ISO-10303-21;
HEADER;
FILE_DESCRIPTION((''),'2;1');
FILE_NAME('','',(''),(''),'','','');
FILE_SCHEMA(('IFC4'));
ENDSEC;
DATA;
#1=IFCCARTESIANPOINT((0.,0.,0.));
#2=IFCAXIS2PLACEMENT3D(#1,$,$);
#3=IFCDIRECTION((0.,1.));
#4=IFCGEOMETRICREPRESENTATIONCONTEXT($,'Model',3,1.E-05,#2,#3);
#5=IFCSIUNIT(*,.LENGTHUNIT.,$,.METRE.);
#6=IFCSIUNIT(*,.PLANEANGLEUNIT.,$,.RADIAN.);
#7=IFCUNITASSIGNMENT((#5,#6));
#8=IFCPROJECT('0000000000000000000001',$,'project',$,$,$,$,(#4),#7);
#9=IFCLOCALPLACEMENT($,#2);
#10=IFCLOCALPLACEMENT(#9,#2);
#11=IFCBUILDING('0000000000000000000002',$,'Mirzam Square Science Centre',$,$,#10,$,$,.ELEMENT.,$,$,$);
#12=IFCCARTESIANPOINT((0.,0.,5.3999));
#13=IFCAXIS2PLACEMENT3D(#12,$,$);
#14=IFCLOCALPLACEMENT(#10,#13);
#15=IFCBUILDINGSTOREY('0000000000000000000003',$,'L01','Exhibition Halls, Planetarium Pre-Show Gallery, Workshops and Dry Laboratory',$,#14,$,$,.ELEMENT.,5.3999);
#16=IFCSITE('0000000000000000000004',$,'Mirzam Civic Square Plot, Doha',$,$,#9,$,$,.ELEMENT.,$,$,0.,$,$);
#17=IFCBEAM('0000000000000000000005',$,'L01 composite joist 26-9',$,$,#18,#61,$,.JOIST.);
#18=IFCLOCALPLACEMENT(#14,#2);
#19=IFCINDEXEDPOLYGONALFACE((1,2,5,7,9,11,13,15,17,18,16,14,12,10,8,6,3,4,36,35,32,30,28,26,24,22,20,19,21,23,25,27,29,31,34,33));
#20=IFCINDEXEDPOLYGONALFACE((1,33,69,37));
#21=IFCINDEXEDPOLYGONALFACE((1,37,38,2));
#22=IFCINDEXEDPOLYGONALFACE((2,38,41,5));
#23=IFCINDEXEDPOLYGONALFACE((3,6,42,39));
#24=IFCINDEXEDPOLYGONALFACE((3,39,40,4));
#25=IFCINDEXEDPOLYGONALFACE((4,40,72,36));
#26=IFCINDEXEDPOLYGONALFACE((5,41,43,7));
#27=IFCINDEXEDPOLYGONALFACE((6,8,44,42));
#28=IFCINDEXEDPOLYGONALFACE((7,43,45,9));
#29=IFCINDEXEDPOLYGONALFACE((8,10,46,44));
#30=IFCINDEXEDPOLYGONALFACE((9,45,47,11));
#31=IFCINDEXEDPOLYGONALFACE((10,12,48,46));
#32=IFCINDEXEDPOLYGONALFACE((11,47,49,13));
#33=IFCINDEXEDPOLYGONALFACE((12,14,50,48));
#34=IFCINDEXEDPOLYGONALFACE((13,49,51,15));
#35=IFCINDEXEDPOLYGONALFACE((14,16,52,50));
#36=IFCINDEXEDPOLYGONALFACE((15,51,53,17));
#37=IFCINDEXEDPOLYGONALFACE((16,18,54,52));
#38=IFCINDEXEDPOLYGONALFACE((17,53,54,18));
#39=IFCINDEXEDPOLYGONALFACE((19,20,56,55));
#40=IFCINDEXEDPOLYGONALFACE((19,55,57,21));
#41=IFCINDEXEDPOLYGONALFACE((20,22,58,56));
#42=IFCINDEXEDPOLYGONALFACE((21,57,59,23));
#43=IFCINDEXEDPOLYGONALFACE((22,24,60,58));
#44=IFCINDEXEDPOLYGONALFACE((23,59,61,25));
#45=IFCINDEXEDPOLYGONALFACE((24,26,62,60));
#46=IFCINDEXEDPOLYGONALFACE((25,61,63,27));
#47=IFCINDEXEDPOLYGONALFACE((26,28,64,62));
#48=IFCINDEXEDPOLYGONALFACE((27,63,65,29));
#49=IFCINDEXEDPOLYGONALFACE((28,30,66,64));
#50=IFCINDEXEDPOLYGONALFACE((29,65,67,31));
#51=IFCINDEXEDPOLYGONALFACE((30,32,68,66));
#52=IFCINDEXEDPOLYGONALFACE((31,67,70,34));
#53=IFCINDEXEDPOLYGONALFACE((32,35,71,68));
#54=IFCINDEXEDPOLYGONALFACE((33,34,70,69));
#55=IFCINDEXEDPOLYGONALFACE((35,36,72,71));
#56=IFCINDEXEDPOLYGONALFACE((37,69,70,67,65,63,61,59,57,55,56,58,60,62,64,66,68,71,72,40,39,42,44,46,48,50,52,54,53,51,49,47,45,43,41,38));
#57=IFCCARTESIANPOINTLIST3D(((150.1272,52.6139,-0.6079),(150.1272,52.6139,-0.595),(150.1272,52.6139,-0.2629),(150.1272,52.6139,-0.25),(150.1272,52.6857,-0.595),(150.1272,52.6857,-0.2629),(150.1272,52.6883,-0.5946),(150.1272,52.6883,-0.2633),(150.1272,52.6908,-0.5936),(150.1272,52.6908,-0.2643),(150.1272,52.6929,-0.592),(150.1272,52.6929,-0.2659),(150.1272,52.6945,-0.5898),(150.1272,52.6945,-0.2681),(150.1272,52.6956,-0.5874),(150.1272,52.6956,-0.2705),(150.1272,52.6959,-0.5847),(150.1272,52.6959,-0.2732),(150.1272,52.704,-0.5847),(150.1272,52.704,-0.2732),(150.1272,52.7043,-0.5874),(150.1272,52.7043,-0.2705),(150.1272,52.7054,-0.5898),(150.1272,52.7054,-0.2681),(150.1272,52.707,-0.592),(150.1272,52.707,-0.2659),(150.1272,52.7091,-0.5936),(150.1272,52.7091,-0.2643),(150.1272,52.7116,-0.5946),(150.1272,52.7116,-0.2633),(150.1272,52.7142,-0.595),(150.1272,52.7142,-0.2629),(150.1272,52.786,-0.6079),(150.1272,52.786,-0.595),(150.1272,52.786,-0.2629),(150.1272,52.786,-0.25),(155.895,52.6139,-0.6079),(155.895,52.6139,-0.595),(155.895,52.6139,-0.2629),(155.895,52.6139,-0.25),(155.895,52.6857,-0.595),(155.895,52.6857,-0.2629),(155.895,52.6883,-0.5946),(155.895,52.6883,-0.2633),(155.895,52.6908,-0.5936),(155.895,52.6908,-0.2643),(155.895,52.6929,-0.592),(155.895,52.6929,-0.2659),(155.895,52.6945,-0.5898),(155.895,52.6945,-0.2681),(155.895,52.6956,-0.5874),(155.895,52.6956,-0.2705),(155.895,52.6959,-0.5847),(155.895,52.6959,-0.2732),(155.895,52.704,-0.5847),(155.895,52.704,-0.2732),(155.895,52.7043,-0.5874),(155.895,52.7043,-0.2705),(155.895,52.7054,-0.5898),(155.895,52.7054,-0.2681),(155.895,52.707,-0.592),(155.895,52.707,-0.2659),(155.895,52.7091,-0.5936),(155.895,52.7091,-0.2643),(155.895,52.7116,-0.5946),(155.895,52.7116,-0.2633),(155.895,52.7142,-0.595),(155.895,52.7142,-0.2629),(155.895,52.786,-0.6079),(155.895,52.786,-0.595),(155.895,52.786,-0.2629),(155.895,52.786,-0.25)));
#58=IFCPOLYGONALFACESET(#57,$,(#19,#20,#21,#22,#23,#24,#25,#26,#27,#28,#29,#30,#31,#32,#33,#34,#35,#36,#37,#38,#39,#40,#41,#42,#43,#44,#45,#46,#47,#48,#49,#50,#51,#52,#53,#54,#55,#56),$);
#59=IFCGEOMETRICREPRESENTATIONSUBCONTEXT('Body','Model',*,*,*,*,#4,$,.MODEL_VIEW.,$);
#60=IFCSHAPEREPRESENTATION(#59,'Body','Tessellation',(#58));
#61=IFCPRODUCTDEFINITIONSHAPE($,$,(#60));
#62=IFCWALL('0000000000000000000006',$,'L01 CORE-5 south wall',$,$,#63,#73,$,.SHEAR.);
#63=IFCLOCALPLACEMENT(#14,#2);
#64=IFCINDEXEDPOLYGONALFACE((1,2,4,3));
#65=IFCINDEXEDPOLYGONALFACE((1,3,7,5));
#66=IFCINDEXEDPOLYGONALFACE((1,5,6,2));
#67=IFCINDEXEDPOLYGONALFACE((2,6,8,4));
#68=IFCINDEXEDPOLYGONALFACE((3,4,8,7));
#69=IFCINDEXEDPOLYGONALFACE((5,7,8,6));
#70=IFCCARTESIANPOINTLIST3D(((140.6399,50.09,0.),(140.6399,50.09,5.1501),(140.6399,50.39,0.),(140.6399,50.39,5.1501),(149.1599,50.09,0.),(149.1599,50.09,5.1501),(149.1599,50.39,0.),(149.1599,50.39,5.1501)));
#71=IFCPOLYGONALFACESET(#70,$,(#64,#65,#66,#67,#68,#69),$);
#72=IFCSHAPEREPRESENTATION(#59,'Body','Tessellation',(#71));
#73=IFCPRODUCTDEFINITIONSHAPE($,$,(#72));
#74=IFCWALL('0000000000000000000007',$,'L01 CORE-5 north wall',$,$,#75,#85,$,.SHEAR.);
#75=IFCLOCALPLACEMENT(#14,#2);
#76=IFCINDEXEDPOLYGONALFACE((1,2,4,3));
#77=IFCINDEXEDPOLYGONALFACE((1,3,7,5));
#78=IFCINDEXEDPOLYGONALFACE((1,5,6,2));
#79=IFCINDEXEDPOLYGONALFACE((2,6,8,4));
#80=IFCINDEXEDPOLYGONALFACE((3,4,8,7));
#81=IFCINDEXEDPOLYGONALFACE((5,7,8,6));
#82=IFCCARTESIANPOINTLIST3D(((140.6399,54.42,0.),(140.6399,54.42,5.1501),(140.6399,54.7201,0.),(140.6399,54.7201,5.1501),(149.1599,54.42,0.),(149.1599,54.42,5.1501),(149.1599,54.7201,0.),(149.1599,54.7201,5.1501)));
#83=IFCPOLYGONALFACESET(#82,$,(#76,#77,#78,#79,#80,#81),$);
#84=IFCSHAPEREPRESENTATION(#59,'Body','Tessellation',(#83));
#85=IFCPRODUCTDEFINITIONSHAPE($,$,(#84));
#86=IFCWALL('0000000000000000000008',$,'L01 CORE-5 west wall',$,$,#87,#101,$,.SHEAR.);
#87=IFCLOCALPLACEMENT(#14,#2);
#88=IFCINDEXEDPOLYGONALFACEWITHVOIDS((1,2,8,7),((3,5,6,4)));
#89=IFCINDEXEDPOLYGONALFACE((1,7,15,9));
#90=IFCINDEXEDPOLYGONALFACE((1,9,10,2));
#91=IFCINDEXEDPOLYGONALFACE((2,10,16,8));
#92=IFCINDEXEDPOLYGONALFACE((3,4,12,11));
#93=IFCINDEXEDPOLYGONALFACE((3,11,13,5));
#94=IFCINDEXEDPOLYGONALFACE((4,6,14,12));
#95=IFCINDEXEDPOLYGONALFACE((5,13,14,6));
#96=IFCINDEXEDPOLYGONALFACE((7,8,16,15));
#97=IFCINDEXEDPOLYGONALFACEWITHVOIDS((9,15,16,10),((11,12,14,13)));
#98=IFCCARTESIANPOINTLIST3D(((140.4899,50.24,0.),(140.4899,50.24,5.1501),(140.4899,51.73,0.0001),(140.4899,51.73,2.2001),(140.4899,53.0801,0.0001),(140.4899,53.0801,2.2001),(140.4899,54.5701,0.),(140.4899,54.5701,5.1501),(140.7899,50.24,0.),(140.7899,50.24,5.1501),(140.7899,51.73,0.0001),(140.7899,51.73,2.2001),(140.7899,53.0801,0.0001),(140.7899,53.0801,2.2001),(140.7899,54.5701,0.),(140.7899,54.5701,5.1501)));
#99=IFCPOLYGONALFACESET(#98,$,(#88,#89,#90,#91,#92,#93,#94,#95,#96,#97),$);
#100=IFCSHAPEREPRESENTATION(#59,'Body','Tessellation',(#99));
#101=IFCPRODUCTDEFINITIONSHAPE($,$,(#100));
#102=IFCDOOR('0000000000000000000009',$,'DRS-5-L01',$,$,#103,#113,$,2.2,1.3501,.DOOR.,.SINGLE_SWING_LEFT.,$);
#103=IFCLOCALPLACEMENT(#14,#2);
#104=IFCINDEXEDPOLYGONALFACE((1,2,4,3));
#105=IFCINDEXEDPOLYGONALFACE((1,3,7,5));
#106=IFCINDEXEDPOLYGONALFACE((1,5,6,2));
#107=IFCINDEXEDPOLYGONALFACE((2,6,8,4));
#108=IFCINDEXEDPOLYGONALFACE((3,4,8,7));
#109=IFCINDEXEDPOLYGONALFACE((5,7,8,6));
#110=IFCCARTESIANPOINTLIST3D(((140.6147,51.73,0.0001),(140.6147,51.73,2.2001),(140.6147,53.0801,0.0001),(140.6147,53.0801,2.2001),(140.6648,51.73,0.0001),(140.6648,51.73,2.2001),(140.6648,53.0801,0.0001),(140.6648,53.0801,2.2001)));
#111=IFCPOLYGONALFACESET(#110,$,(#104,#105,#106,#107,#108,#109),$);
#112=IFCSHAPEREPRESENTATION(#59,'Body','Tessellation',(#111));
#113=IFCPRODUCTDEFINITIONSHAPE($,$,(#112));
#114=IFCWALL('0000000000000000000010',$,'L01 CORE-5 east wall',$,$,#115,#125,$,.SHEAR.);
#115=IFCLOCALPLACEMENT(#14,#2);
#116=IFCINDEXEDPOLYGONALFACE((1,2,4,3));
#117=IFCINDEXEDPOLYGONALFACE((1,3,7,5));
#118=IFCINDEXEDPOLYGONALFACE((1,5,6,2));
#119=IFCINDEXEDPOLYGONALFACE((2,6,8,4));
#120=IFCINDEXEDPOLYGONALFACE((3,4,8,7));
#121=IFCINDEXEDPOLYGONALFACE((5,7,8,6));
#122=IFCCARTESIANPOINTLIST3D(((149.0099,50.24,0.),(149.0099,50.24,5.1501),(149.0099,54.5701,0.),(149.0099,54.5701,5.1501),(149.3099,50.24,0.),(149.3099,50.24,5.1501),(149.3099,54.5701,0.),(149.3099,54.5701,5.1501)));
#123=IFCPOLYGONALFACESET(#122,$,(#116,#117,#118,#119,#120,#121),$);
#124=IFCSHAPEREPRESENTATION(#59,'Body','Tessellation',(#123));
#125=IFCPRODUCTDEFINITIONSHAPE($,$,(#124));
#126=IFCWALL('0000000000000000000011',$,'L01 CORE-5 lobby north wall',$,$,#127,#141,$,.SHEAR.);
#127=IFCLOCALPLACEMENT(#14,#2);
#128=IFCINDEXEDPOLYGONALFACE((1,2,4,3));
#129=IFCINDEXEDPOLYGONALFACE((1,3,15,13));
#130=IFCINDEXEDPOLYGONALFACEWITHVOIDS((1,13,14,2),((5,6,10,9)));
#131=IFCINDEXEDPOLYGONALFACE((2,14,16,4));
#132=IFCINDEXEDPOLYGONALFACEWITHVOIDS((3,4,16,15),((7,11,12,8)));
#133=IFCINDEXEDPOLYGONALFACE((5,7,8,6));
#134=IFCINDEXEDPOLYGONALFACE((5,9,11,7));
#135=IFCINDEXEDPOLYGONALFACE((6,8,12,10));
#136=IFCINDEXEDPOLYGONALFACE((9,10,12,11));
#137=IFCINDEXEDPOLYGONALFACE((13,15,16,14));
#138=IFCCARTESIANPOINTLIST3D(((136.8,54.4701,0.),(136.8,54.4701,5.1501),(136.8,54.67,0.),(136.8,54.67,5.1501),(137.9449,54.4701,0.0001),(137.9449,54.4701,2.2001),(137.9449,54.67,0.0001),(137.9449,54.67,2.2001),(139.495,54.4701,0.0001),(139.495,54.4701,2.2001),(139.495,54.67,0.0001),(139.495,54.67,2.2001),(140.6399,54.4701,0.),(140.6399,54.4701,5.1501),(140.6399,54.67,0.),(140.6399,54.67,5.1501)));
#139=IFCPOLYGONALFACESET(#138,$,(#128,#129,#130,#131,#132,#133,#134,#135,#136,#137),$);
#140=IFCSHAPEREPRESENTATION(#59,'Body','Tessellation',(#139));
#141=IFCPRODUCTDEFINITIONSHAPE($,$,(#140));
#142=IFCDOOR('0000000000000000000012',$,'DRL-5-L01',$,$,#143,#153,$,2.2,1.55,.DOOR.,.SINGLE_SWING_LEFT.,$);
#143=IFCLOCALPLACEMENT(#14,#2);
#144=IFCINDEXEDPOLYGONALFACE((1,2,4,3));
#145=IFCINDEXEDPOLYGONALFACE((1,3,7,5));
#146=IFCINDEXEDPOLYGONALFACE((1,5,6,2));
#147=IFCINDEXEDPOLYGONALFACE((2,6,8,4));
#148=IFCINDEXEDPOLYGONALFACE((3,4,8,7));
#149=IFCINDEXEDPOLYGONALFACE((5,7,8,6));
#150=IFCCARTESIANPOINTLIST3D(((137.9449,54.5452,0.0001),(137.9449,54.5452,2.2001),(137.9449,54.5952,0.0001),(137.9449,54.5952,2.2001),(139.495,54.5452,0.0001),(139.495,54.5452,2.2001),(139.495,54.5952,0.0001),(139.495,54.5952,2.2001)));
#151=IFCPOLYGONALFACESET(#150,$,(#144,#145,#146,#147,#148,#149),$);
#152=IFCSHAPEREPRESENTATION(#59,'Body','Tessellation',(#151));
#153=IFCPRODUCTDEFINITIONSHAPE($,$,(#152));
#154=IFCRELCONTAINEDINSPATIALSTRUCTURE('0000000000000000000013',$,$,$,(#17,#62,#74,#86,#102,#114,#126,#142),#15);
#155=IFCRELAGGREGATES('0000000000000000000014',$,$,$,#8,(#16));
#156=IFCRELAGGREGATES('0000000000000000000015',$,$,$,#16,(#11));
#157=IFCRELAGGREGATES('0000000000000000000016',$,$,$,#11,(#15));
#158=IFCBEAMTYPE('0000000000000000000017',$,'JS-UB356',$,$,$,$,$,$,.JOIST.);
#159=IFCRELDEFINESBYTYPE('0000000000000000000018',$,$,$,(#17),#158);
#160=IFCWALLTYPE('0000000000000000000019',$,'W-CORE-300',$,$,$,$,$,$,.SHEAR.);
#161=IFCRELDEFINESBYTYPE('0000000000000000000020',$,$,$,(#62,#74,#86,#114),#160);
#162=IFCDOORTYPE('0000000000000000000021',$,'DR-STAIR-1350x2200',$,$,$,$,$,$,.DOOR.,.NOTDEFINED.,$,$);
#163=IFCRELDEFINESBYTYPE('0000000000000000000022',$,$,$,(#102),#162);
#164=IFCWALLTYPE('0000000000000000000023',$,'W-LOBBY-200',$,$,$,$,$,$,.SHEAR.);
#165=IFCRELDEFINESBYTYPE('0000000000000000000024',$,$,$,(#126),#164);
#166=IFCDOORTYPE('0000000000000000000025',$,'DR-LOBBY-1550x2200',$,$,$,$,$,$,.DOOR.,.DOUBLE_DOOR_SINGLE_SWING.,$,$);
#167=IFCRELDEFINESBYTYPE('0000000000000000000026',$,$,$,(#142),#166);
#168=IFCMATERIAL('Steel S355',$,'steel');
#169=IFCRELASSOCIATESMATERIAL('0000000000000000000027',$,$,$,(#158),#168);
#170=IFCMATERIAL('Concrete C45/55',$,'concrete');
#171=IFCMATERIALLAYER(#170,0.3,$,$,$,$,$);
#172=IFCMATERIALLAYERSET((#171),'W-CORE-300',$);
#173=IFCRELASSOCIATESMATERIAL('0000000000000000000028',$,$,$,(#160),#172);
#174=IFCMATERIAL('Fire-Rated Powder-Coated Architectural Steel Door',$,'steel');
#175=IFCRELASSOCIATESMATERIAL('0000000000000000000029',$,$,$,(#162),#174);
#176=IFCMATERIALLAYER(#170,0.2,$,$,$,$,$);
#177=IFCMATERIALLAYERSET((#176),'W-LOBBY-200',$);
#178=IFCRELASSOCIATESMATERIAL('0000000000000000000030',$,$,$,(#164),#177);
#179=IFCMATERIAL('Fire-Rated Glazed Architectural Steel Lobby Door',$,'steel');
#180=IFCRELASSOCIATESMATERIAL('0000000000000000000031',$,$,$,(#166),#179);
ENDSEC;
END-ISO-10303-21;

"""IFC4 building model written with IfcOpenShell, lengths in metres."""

from ifc_helpers import new_model, si_unit, direction, frame, frame_2d, origin, origin_2d, place, context, subcontext, project, spatial, rectangle, i_section, extrude, material, layer, layer_set, material_profile, profile_set, type_object, element, fill, save


model = new_model("IFC4")

# Units and contexts
model_context = context("Model", 3, precision=1e-05, world=origin(), true_north=direction((0.0, 1.0)))
body_context = subcontext(model_context, "Body", "Model", "MODEL_VIEW")
ifc_project = project(units=[si_unit("LENGTHUNIT", "METRE"), si_unit("PLANEANGLEUNIT", "RADIAN")], contexts=[model_context])

# Site, building, storey
site_placement = place(None, origin())
site = spatial("IfcSite", under=ifc_project, at=site_placement, Name="Mirzam Civic Square Plot, Doha", CompositionType="ELEMENT", RefElevation=0.0)
building_placement = place(site_placement, origin())
building = spatial("IfcBuilding", under=site, at=building_placement, Name="Mirzam Square Science Centre", CompositionType="ELEMENT")
storey_placement = place(building_placement, frame((0.0, 0.0, 5.3999)))
storey = spatial("IfcBuildingStorey", under=building, at=storey_placement, Name="L01", Description="Exhibition Halls, Planetarium Pre-Show Gallery, Workshops and Dry Laboratory", CompositionType="ELEMENT", Elevation=5.3999)

# Shared definitions
ifc_material_1 = material(Name="Steel S355", Category="steel")

# Beam
ifc_material_profile_1 = material_profile(ifc_material_1, i_section(OverallWidth=0.1721, OverallDepth=0.3579, WebThickness=0.0081, FlangeThickness=0.0129, FilletRadius=0.0103, at=origin_2d()), Name="356x171x57UB")
ifc_profile_set_1 = profile_set([ifc_material_profile_1], Name="Steel S355")
beam_type_1 = type_object("IfcBeamType", Name="JS-UB356", PredefinedType="JOIST", material=ifc_profile_set_1)
beam_1_placement = place(storey_placement, frame((150.1272, 52.7, -0.429), z_axis=(1.0, 0.0, 0.0), x_axis=(0.0, 1.0, 0.0)))
element("IfcBeam", 1, at=beam_1_placement, inside=storey, type_object=beam_type_1, Name="L01 composite joist 26-9", PredefinedType="JOIST", context=body_context, shape_type="SweptSolid", body=[
    extrude(i_section(OverallWidth=0.1721, OverallDepth=0.3579, WebThickness=0.0081, FlangeThickness=0.0129, FilletRadius=0.0103, at=origin_2d()), origin(), (0.0, 0.0, 1.0), 5.7678),
])

# Walls
ifc_material_2 = material(Name="Concrete C45/55", Category="concrete")
ifc_layer_1 = layer(ifc_material_2, 0.3)
ifc_layer_set_1 = layer_set([ifc_layer_1], Name="W-CORE-300")
wall_type_1 = type_object("IfcWallType", Name="W-CORE-300", PredefinedType="SHEAR", material=ifc_layer_set_1)
for number, where, z_axis, x_axis, name in (
    (2, (140.6399, 50.24, 0.0), (0.0, 0.0, 1.0), (1.0, 0.0, 0.0), "L01 CORE-5 south wall"),
    (3, (149.1599, 54.5701, 0.0), (0.0, 0.0, 1.0), (-1.0, 0.0, 0.0), "L01 CORE-5 north wall"),
):
    element("IfcWall", number, at=place(storey_placement, frame(where, z_axis=z_axis, x_axis=x_axis)), inside=storey, type_object=wall_type_1, Name=name, PredefinedType="SHEAR", context=body_context, shape_type="SweptSolid", body=[
        extrude(rectangle(XDim=8.52, YDim=0.3, at=frame_2d((4.26, 0.0))), origin(), (0.0, 0.0, 1.0), 5.1501),
    ])

# Wall, opening, door
wall_1_placement = place(storey_placement, frame((140.6399, 54.5701, 0.0), z_axis=(0.0, 0.0, 1.0), x_axis=(0.0, -1.0, 0.0)))
wall_1 = element("IfcWall", 4, at=wall_1_placement, inside=storey, type_object=wall_type_1, Name="L01 CORE-5 west wall", PredefinedType="SHEAR", context=body_context, shape_type="SweptSolid", body=[
    extrude(rectangle(XDim=4.3301, YDim=0.3, at=frame_2d((2.165, 0.0))), origin(), (0.0, 0.0, 1.0), 5.1501),
])
opening_1_placement = place(wall_1_placement, frame((1.49, 0.0, 0.0)))
opening_1 = element("IfcOpeningElement", 5, at=opening_1_placement, cuts=wall_1, PredefinedType="OPENING", context=body_context, shape_type="SweptSolid", body=[
    extrude(rectangle(XDim=1.3501, YDim=2.2, at=frame_2d((0.675, 1.1001))), frame((0.0, 0.1599, 0.0), z_axis=(0.0, -1.0, 0.0), x_axis=(1.0, 0.0, 0.0)), (0.0, 0.0, 1.0), 0.3201),
])
ifc_material_3 = material(Name="Fire-Rated Powder-Coated Architectural Steel Door", Category="steel")
door_type_1 = type_object("IfcDoorType", Name="DR-STAIR-1350x2200", OperationType="NOTDEFINED", PredefinedType="DOOR", material=ifc_material_3)
door_1_placement = place(opening_1_placement, origin())
door_1 = element("IfcDoor", 6, at=door_1_placement, inside=storey, type_object=door_type_1, Name="DRS-5-L01", OperationType="SINGLE_SWING_LEFT", OverallHeight=2.2, OverallWidth=1.3501, PredefinedType="DOOR", context=body_context, shape_type="SweptSolid", body=[
    extrude(rectangle(XDim=1.3501, YDim=2.2, at=frame_2d((0.675, 1.1001))), frame((0.0, 0.0249, 0.0), z_axis=(0.0, -1.0, 0.0), x_axis=(1.0, 0.0, 0.0)), (0.0, 0.0, 1.0), 0.05),
])
fill(opening_1, door_1)

# Wall
wall_2_placement = place(storey_placement, frame((149.1599, 50.24, 0.0), z_axis=(0.0, 0.0, 1.0), x_axis=(0.0, 1.0, 0.0)))
element("IfcWall", 7, at=wall_2_placement, inside=storey, type_object=wall_type_1, Name="L01 CORE-5 east wall", PredefinedType="SHEAR", context=body_context, shape_type="SweptSolid", body=[
    extrude(rectangle(XDim=4.3301, YDim=0.3, at=frame_2d((2.165, 0.0))), origin(), (0.0, 0.0, 1.0), 5.1501),
])

# Wall, opening, door
ifc_layer_2 = layer(ifc_material_2, 0.2)
ifc_layer_set_2 = layer_set([ifc_layer_2], Name="W-LOBBY-200")
wall_type_2 = type_object("IfcWallType", Name="W-LOBBY-200", PredefinedType="SHEAR", material=ifc_layer_set_2)
wall_3_placement = place(storey_placement, frame((140.6399, 54.5701, 0.0), z_axis=(0.0, 0.0, 1.0), x_axis=(-1.0, 0.0, 0.0)))
wall_3 = element("IfcWall", 8, at=wall_3_placement, inside=storey, type_object=wall_type_2, Name="L01 CORE-5 lobby north wall", PredefinedType="SHEAR", context=body_context, shape_type="SweptSolid", body=[
    extrude(rectangle(XDim=3.8398, YDim=0.2, at=frame_2d((1.9199, 0.0))), origin(), (0.0, 0.0, 1.0), 5.1501),
])
opening_2_placement = place(wall_3_placement, frame((1.145, 0.0, 0.0)))
opening_2 = element("IfcOpeningElement", 9, at=opening_2_placement, cuts=wall_3, PredefinedType="OPENING", context=body_context, shape_type="SweptSolid", body=[
    extrude(rectangle(XDim=1.55, YDim=2.2, at=frame_2d((0.7749, 1.1001))), frame((0.0, 0.1099, 0.0), z_axis=(0.0, -1.0, 0.0), x_axis=(1.0, 0.0, 0.0)), (0.0, 0.0, 1.0), 0.22),
])
ifc_material_4 = material(Name="Fire-Rated Glazed Architectural Steel Lobby Door", Category="steel")
door_type_2 = type_object("IfcDoorType", Name="DR-LOBBY-1550x2200", OperationType="DOUBLE_DOOR_SINGLE_SWING", PredefinedType="DOOR", material=ifc_material_4)
door_2_placement = place(opening_2_placement, origin())
door_2 = element("IfcDoor", 10, at=door_2_placement, inside=storey, type_object=door_type_2, Name="DRL-5-L01", OperationType="SINGLE_SWING_LEFT", OverallHeight=2.2, OverallWidth=1.55, PredefinedType="DOOR", context=body_context, shape_type="SweptSolid", body=[
    extrude(rectangle(XDim=1.55, YDim=2.2, at=frame_2d((0.7749, 1.1001))), frame((0.0, 0.0249, 0.0), z_axis=(0.0, -1.0, 0.0), x_axis=(1.0, 0.0, 0.0)), (0.0, 0.0, 1.0), 0.05),
])
fill(opening_2, door_2)

save(model, "model.ifc")
